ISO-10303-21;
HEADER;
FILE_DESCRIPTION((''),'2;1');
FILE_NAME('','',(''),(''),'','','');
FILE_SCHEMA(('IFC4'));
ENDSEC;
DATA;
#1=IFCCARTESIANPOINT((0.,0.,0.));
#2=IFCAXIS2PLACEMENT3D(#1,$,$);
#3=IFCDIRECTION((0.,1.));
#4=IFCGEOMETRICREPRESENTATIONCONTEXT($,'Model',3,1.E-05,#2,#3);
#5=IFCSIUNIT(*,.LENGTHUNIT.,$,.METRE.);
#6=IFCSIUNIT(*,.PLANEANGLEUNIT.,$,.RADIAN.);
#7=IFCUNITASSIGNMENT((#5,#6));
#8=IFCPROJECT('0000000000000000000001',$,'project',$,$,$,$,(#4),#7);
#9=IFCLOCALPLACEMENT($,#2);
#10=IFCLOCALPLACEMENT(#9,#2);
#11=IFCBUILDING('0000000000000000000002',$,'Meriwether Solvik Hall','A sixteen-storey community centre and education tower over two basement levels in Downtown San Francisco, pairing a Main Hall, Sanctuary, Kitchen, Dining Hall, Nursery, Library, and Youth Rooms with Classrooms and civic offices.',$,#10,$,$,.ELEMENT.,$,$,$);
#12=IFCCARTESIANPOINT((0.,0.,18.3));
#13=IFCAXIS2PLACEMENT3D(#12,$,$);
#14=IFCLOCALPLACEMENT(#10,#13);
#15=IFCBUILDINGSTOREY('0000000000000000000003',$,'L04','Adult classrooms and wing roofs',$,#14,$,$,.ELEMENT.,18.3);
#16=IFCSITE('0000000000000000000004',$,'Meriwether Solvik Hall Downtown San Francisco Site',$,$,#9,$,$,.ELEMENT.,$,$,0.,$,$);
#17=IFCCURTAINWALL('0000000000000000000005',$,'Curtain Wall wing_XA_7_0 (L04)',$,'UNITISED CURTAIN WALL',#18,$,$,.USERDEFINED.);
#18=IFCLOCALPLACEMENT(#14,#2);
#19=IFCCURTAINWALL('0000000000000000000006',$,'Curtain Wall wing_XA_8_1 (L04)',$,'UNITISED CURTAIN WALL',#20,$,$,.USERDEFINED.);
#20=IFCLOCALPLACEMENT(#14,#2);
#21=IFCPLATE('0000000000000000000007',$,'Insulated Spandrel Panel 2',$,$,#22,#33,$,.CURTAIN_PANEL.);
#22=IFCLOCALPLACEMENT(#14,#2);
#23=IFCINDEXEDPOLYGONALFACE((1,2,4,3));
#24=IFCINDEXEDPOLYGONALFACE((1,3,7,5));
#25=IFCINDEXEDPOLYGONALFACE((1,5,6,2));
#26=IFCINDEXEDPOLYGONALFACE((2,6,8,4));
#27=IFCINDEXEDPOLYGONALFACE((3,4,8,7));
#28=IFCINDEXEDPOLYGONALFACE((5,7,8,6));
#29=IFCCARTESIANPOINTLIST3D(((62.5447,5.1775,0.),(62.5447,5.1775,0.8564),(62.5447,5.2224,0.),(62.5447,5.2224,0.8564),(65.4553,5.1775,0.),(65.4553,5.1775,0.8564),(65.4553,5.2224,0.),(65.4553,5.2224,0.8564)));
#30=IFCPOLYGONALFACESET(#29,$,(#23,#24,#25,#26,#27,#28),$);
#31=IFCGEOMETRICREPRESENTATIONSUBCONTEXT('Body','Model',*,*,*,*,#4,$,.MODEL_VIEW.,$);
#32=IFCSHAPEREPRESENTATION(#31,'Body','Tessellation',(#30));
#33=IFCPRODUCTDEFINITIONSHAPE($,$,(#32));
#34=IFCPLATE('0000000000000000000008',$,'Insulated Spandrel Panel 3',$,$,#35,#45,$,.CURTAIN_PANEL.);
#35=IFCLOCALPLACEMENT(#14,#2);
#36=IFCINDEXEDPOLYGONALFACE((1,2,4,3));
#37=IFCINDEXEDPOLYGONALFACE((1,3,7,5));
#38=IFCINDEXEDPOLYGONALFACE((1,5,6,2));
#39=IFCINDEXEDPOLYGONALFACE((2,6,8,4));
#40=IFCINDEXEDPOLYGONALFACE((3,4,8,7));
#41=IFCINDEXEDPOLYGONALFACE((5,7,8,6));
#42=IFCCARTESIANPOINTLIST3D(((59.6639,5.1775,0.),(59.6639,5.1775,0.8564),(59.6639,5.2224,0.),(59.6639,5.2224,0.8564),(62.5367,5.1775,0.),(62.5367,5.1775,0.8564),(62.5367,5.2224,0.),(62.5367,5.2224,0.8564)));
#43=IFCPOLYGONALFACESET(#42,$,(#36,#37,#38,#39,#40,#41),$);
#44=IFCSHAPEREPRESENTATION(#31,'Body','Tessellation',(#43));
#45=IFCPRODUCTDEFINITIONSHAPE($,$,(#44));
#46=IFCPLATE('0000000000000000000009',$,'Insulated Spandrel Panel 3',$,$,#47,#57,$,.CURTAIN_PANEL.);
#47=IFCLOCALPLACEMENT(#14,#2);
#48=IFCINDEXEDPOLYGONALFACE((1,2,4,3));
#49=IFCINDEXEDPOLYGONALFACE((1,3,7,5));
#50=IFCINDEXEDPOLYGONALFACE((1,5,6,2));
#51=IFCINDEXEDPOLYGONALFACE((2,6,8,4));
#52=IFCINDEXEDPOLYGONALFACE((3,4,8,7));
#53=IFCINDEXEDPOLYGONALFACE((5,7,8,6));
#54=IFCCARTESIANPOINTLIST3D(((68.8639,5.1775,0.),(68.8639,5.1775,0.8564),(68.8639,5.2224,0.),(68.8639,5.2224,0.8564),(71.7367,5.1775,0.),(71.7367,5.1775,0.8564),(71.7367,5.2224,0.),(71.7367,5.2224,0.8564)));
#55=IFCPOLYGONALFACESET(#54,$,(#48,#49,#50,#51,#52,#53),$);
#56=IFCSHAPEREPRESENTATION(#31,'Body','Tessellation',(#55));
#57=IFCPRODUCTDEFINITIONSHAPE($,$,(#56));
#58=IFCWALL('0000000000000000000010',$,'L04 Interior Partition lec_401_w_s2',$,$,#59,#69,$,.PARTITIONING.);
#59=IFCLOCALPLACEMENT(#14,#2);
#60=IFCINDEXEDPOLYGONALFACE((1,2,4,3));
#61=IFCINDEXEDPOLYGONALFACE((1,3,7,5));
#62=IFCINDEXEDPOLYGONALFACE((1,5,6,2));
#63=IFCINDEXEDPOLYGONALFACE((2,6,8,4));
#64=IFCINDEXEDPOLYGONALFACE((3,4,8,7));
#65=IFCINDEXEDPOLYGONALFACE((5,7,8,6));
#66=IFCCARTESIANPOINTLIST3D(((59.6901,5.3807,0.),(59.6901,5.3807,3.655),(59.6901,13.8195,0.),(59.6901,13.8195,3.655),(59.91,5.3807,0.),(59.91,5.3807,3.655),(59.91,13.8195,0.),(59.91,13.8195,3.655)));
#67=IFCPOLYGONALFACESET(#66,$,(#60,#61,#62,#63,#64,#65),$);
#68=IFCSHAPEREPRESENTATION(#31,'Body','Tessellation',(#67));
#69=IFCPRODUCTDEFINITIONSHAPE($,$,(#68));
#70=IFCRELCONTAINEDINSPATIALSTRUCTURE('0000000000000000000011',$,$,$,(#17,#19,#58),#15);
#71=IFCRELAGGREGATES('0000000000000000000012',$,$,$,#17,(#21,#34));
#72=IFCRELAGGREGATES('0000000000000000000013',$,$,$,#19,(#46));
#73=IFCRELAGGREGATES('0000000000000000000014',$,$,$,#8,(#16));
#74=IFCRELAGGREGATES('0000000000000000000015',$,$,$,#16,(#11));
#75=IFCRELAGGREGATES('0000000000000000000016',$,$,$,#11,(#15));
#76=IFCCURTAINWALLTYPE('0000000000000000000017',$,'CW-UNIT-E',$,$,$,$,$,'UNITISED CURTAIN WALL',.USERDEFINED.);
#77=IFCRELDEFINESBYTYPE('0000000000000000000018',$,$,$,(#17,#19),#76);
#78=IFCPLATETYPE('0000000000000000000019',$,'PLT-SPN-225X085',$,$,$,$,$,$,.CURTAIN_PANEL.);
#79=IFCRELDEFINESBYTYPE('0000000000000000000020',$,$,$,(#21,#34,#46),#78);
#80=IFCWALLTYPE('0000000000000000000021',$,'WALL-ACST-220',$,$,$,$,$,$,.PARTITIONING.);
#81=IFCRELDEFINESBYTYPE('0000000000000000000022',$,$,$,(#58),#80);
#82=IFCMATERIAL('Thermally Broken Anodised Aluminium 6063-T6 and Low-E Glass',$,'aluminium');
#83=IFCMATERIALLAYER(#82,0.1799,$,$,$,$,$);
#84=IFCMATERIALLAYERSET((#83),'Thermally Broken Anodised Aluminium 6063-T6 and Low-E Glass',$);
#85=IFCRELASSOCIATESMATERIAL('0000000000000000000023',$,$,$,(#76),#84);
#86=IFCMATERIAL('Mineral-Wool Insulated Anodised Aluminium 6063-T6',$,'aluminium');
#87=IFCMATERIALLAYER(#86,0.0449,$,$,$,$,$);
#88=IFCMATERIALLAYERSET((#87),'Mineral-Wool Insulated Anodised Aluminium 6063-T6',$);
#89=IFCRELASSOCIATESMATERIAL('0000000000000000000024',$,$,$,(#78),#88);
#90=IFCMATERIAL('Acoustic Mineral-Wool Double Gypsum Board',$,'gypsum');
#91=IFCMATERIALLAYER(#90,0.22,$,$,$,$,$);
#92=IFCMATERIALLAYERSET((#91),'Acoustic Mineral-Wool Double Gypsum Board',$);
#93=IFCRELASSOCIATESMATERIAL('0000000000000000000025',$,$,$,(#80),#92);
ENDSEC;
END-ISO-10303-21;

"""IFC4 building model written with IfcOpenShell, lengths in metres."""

from ifc_helpers import new_model, si_unit, direction, frame, frame_2d, origin, origin_2d, place, context, subcontext, project, spatial, rectangle, extrude, material, layer, layer_set, type_object, element, aggregate, save


model = new_model("IFC4")

# Units and contexts
model_context = context("Model", 3, precision=1e-05, world=origin(), true_north=direction((0.0, 1.0)))
body_context = subcontext(model_context, "Body", "Model", "MODEL_VIEW")
ifc_project = project(units=[si_unit("LENGTHUNIT", "METRE"), si_unit("PLANEANGLEUNIT", "RADIAN")], contexts=[model_context])

# Site, building, storey
site_placement = place(None, origin())
site = spatial("IfcSite", under=ifc_project, at=site_placement, Name="Meriwether Solvik Hall Downtown San Francisco Site", CompositionType="ELEMENT", RefElevation=0.0)
building_placement = place(site_placement, origin())
building = spatial("IfcBuilding", under=site, at=building_placement, Name="Meriwether Solvik Hall", Description="A sixteen-storey community centre and education tower over two basement levels in Downtown San Francisco, pairing a Main Hall, Sanctuary, Kitchen, Dining Hall, Nursery, Library, and Youth Rooms with Classrooms and civic offices.", CompositionType="ELEMENT")
storey_placement = place(building_placement, frame((0.0, 0.0, 18.3)))
storey = spatial("IfcBuildingStorey", under=building, at=storey_placement, Name="L04", Description="Adult classrooms and wing roofs", CompositionType="ELEMENT", Elevation=18.3)

# Curtain wall
ifc_material_1 = material(Name="Thermally Broken Anodised Aluminium 6063-T6 and Low-E Glass", Category="aluminium")
ifc_layer_1 = layer(ifc_material_1, 0.1799)
ifc_layer_set_1 = layer_set([ifc_layer_1], Name="Thermally Broken Anodised Aluminium 6063-T6 and Low-E Glass")
curtain_wall_type = type_object("IfcCurtainWallType", Name="CW-UNIT-E", ElementType="UNITISED CURTAIN WALL", PredefinedType="USERDEFINED", material=ifc_layer_set_1)
curtain_wall_1_placement = place(storey_placement, origin())
curtain_wall_1 = element("IfcCurtainWall", 1, at=curtain_wall_1_placement, inside=storey, type_object=curtain_wall_type, Name="Curtain Wall wing_XA_7_0 (L04)", ObjectType="UNITISED CURTAIN WALL", PredefinedType="USERDEFINED")

# Curtain wall
curtain_wall_2_placement = place(storey_placement, origin())
curtain_wall_2 = element("IfcCurtainWall", 2, at=curtain_wall_2_placement, inside=storey, type_object=curtain_wall_type, Name="Curtain Wall wing_XA_8_1 (L04)", ObjectType="UNITISED CURTAIN WALL", PredefinedType="USERDEFINED")

# Plates
ifc_material_2 = material(Name="Mineral-Wool Insulated Anodised Aluminium 6063-T6", Category="aluminium")
ifc_layer_2 = layer(ifc_material_2, 0.0449)
ifc_layer_set_2 = layer_set([ifc_layer_2], Name="Mineral-Wool Insulated Anodised Aluminium 6063-T6")
plate_type_1 = type_object("IfcPlateType", Name="PLT-SPN-225X085", PredefinedType="CURTAIN_PANEL", material=ifc_layer_set_2)
plate_1_placement = place(storey_placement, frame((64.0, 5.2, 0.0), z_axis=(0.0, 0.0, 1.0), x_axis=(-1.0, 0.0, 0.0)))
plate_1 = element("IfcPlate", 3, at=plate_1_placement, type_object=plate_type_1, Name="Insulated Spandrel Panel 2", PredefinedType="CURTAIN_PANEL", context=body_context, shape_type="SweptSolid", body=[
    extrude(rectangle(XDim=2.9106, YDim=0.0449, at=origin_2d()), origin(), (0.0, 0.0, 1.0), 0.8564),
])
plate_2_placement = place(storey_placement, frame((61.1003, 5.2, 0.0), z_axis=(0.0, 0.0, 1.0), x_axis=(-1.0, 0.0, 0.0)))
plate_2 = element("IfcPlate", 4, at=plate_2_placement, type_object=plate_type_1, Name="Insulated Spandrel Panel 3", PredefinedType="CURTAIN_PANEL", context=body_context, shape_type="SweptSolid", body=[
    extrude(rectangle(XDim=2.8728, YDim=0.0449, at=origin_2d()), origin(), (0.0, 0.0, 1.0), 0.8564),
])
aggregate(curtain_wall_1, [plate_1, plate_2])
plate_3_placement = place(storey_placement, frame((70.3003, 5.2, 0.0), z_axis=(0.0, 0.0, 1.0), x_axis=(-1.0, 0.0, 0.0)))
plate_3 = element("IfcPlate", 5, at=plate_3_placement, type_object=plate_type_1, Name="Insulated Spandrel Panel 3", PredefinedType="CURTAIN_PANEL", context=body_context, shape_type="SweptSolid", body=[
    extrude(rectangle(XDim=2.8728, YDim=0.0449, at=origin_2d()), origin(), (0.0, 0.0, 1.0), 0.8564),
])
aggregate(curtain_wall_2, [plate_3])

# Wall
ifc_material_3 = material(Name="Acoustic Mineral-Wool Double Gypsum Board", Category="gypsum")
ifc_layer_3 = layer(ifc_material_3, 0.22)
ifc_layer_set_3 = layer_set([ifc_layer_3], Name="Acoustic Mineral-Wool Double Gypsum Board")
wall_type = type_object("IfcWallType", Name="WALL-ACST-220", PredefinedType="PARTITIONING", material=ifc_layer_set_3)
wall_placement = place(storey_placement, frame((59.8, 13.8193, 0.0), z_axis=(0.0, 0.0, 1.0), x_axis=(0.0, -1.0, 0.0)))
element("IfcWall", 6, at=wall_placement, inside=storey, type_object=wall_type, Name="L04 Interior Partition lec_401_w_s2", PredefinedType="PARTITIONING", context=body_context, shape_type="SweptSolid", body=[
    extrude(rectangle(XDim=8.4387, YDim=0.22, at=frame_2d((4.2192, 0.0))), origin(), (0.0, 0.0, 1.0), 3.655),
])

save(model, "model.ifc")
